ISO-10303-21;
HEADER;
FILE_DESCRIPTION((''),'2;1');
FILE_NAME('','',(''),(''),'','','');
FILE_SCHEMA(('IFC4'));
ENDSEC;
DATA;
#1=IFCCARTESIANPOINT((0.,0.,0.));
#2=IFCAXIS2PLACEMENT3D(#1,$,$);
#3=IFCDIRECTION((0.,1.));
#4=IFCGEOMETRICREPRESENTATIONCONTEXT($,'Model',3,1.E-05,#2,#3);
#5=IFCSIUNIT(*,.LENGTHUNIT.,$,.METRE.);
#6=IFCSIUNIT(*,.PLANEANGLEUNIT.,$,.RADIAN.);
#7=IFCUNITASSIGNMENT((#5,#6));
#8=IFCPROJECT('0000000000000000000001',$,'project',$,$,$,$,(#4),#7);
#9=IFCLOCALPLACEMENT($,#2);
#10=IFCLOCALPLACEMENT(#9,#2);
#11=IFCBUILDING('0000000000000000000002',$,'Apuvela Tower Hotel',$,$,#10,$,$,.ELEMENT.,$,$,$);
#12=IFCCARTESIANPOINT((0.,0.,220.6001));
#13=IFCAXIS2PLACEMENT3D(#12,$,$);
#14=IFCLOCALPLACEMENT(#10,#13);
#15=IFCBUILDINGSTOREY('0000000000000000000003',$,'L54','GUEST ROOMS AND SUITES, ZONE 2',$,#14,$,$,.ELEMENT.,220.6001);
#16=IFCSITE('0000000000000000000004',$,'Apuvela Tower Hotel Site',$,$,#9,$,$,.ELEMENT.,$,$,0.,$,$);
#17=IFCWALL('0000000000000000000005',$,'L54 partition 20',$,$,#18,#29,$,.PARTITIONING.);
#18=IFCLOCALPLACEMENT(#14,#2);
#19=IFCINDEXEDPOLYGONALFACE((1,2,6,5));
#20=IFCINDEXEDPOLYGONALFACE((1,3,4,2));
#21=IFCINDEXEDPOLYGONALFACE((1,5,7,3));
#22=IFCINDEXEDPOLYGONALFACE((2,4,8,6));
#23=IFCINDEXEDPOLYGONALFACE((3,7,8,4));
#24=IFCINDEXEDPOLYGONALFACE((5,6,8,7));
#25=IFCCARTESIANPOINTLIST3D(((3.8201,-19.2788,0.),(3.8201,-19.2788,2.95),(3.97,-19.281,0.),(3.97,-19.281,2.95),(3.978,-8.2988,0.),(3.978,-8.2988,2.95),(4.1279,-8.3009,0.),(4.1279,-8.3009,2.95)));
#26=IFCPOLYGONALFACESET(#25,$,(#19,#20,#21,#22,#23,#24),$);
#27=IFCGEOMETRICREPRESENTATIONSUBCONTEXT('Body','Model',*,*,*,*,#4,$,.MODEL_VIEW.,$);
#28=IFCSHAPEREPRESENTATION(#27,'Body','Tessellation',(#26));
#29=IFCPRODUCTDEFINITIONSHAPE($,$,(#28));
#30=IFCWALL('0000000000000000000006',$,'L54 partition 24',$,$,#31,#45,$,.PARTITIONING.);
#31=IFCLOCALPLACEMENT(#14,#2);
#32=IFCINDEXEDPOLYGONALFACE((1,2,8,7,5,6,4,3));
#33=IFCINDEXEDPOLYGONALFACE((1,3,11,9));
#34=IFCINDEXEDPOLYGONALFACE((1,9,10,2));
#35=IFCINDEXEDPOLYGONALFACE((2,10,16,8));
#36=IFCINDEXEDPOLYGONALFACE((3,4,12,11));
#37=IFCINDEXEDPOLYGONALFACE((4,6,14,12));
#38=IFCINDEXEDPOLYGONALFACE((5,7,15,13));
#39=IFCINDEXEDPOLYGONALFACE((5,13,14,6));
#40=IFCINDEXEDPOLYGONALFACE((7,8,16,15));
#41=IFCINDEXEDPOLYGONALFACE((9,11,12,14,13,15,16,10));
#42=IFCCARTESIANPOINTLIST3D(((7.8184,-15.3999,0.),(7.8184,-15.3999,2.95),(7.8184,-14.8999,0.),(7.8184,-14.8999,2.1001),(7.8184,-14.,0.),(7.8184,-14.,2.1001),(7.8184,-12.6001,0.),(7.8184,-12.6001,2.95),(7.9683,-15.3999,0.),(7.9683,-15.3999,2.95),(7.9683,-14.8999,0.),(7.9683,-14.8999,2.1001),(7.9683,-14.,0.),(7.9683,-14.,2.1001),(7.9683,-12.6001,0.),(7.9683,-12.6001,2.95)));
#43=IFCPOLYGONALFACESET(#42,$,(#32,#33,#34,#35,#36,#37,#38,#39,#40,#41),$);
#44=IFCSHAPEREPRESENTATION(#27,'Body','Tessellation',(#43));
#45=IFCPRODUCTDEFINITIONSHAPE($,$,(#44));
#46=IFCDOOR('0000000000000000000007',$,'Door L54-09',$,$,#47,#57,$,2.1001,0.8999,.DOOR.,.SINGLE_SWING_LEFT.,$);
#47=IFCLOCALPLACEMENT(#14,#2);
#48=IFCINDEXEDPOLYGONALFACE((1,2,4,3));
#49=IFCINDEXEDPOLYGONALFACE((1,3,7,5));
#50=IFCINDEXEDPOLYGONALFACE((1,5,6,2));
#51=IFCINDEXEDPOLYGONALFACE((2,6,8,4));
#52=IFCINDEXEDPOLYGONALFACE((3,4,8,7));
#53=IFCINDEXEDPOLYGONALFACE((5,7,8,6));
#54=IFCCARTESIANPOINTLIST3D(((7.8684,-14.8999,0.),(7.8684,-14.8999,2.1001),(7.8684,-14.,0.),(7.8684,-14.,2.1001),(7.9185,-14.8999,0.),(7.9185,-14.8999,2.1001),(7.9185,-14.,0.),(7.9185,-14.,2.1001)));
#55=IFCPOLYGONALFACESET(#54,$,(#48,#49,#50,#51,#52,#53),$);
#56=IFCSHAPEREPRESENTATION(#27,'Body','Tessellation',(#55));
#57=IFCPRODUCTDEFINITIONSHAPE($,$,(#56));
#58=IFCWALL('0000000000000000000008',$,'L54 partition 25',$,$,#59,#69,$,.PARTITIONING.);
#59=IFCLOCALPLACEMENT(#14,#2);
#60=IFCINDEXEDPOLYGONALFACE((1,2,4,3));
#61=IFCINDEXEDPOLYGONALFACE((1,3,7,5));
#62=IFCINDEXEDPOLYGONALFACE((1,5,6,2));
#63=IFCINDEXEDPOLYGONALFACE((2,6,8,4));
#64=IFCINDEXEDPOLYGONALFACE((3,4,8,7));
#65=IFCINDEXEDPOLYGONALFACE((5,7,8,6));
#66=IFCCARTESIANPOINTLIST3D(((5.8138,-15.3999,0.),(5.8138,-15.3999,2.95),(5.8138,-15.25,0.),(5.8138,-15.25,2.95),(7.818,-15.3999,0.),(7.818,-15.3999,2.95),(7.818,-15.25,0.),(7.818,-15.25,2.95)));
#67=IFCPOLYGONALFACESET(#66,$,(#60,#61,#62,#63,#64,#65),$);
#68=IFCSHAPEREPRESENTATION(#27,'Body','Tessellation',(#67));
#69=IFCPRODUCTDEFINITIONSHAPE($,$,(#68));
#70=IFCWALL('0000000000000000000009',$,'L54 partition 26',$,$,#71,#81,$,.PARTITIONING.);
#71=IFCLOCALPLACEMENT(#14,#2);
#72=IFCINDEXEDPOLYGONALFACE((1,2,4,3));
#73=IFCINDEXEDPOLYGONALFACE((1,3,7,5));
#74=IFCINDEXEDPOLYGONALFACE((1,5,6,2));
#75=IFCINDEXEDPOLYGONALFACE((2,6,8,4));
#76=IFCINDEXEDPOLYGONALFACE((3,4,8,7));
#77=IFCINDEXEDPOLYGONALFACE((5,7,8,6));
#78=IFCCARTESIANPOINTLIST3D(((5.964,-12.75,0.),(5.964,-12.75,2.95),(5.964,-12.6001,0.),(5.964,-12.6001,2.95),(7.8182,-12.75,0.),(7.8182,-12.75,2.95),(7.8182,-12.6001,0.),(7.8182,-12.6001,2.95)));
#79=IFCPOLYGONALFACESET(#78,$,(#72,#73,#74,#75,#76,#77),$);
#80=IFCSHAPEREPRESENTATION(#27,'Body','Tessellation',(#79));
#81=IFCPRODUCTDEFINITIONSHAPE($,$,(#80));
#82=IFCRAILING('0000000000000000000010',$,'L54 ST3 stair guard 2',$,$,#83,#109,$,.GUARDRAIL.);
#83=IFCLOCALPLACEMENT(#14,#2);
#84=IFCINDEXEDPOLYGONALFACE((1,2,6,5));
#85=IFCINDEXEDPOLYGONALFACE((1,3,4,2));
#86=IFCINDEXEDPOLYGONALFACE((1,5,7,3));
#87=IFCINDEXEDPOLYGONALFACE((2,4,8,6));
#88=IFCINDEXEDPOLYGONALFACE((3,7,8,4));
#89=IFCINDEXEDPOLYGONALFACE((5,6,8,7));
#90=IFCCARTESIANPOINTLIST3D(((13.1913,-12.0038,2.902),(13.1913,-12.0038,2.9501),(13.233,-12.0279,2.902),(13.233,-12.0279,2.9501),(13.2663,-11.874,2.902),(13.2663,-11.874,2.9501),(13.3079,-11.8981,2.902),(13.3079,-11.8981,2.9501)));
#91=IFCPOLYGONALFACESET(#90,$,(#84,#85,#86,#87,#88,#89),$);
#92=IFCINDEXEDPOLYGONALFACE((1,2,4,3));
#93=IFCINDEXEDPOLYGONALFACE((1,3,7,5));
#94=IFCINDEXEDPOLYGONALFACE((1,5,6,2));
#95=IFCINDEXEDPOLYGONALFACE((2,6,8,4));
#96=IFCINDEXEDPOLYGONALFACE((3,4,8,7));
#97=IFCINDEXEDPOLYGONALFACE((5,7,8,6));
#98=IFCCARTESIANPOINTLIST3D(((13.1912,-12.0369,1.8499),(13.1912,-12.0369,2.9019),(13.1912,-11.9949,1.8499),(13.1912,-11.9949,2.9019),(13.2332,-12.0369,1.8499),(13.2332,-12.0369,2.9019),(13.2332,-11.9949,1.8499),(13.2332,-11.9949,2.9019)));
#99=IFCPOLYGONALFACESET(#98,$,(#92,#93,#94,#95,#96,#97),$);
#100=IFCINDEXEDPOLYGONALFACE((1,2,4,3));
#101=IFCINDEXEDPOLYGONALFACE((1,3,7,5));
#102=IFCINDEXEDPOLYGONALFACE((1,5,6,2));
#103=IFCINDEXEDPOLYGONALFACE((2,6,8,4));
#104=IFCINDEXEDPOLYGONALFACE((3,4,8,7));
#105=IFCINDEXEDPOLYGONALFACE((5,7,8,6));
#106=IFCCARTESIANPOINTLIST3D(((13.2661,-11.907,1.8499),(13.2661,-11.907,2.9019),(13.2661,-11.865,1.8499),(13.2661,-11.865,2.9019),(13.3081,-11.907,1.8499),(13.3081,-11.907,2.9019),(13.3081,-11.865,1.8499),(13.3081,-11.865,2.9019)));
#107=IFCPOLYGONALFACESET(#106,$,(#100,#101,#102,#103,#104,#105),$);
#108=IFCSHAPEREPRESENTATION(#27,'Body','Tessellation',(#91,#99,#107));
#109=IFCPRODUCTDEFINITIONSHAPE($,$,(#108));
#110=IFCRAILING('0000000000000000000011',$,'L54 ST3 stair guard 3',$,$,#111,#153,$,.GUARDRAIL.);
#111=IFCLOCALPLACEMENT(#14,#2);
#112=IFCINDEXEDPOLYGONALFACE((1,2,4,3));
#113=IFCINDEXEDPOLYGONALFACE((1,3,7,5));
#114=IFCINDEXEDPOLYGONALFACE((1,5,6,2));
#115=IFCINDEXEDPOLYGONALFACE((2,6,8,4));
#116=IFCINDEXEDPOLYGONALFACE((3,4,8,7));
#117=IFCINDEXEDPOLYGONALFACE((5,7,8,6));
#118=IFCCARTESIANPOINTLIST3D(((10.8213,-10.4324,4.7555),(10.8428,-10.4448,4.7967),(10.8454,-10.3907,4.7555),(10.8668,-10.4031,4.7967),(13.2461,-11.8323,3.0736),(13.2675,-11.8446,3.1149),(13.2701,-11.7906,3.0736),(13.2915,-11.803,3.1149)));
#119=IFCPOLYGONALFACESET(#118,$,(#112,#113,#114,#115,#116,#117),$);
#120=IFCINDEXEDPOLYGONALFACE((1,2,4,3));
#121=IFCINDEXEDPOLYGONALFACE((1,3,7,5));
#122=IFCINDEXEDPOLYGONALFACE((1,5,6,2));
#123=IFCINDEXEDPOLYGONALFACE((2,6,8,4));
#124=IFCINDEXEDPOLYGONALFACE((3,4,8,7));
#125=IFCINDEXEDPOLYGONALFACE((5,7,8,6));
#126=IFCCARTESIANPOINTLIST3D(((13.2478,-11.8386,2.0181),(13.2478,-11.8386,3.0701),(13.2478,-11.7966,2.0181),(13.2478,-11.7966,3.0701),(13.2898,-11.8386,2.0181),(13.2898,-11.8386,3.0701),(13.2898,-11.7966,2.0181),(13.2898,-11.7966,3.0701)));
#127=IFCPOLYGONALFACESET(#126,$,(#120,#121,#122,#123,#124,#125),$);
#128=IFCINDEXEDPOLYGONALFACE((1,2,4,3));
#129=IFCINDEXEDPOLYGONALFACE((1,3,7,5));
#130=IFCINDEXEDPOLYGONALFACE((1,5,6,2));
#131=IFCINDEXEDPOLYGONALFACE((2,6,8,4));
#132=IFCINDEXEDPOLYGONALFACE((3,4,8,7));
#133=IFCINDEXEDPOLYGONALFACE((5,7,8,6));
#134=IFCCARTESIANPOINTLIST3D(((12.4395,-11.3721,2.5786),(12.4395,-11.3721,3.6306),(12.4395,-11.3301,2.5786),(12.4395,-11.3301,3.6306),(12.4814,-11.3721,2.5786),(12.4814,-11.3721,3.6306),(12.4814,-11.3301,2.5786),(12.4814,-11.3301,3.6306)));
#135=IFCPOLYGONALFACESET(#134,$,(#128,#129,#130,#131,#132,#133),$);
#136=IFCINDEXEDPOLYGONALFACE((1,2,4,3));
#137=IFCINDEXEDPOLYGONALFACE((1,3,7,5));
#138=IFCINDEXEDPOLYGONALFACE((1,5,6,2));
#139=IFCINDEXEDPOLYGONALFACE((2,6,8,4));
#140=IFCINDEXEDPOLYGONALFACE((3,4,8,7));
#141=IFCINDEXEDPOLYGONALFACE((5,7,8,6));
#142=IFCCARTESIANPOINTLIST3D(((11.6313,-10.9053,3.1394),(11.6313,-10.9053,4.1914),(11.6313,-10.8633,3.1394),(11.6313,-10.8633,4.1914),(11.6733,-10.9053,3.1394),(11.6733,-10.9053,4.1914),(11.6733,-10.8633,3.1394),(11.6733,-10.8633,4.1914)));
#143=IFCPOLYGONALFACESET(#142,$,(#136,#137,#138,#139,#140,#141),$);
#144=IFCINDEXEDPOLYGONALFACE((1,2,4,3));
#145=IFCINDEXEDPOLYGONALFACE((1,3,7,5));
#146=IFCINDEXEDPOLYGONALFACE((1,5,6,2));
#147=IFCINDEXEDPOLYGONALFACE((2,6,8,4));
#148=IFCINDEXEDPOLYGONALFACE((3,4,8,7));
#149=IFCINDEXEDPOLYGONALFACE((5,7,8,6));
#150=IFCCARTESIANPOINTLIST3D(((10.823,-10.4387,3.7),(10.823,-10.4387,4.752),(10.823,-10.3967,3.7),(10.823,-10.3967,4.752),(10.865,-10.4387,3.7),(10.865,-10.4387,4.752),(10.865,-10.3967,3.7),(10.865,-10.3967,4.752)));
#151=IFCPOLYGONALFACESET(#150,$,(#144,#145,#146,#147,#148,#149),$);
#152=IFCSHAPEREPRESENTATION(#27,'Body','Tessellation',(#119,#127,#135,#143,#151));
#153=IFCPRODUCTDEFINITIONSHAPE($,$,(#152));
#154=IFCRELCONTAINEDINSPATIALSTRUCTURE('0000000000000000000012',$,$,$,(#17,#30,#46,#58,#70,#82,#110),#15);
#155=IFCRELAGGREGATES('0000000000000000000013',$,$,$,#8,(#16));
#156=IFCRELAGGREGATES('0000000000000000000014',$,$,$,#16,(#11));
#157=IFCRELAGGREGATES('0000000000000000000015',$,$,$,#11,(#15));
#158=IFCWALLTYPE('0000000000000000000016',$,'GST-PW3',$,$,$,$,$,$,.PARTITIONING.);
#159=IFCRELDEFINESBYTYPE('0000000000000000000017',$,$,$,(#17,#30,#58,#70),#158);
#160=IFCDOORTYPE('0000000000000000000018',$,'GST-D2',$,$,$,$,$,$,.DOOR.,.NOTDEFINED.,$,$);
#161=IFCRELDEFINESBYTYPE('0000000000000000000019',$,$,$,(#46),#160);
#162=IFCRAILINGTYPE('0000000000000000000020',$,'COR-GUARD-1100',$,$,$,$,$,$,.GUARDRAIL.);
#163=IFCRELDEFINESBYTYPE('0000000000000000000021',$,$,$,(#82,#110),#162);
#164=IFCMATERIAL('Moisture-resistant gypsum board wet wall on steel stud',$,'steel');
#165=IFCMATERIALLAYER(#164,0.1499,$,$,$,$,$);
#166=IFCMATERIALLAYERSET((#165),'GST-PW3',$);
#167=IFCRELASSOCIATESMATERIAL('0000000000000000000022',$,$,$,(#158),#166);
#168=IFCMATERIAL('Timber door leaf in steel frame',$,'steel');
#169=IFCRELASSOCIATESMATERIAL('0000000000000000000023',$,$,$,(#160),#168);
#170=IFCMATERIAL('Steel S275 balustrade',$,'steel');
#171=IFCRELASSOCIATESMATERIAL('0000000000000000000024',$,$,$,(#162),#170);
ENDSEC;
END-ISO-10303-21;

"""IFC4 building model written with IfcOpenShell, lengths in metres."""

from ifc_helpers import new_model, si_unit, direction, frame, frame_2d, origin, origin_2d, place, context, subcontext, project, spatial, rectangle, extrude, material, layer, layer_set, type_object, element, fill, save


model = new_model("IFC4")

# Units and contexts
model_context = context("Model", 3, precision=1e-05, world=origin(), true_north=direction((0.0, 1.0)))
body_context = subcontext(model_context, "Body", "Model", "MODEL_VIEW")
ifc_project = project(units=[si_unit("LENGTHUNIT", "METRE"), si_unit("PLANEANGLEUNIT", "RADIAN")], contexts=[model_context])

# Site, building, storey
site_placement = place(None, origin())
site = spatial("IfcSite", under=ifc_project, at=site_placement, Name="Apuvela Tower Hotel Site", CompositionType="ELEMENT", RefElevation=0.0)
building_placement = place(site_placement, origin())
building = spatial("IfcBuilding", under=site, at=building_placement, Name="Apuvela Tower Hotel", CompositionType="ELEMENT")
storey_placement = place(building_placement, frame((0.0, 0.0, 220.6001)))
storey = spatial("IfcBuildingStorey", under=building, at=storey_placement, Name="L54", Description="GUEST ROOMS AND SUITES, ZONE 2", CompositionType="ELEMENT", Elevation=220.6001)

# Wall
ifc_material_1 = material(Name="Moisture-resistant gypsum board wet wall on steel stud", Category="steel")
ifc_layer_1 = layer(ifc_material_1, 0.1499)
ifc_layer_set_1 = layer_set([ifc_layer_1], Name="GST-PW3")
wall_type_1 = type_object("IfcWallType", Name="GST-PW3", PredefinedType="PARTITIONING", material=ifc_layer_set_1)
wall_1_placement = place(storey_placement, frame((3.895, -19.28, 0.0), z_axis=(0.0, 0.0, 1.0), x_axis=(0.014385, 0.999897, 0.0)))
element("IfcWall", 1, at=wall_1_placement, inside=storey, type_object=wall_type_1, Name="L54 partition 20", PredefinedType="PARTITIONING", context=body_context, shape_type="SweptSolid", body=[
    extrude(rectangle(XDim=10.9812, YDim=0.1499, at=frame_2d((5.4907, 0.0))), origin(), (0.0, 0.0, 1.0), 2.95),
])

# Wall, opening, door
wall_2_placement = place(storey_placement, frame((7.8933, -15.3999, 0.0), z_axis=(0.0, 0.0, 1.0), x_axis=(0.0, 1.0, 0.0)))
wall_2 = element("IfcWall", 2, at=wall_2_placement, inside=storey, type_object=wall_type_1, Name="L54 partition 24", PredefinedType="PARTITIONING", context=body_context, shape_type="SweptSolid", body=[
    extrude(rectangle(XDim=2.7998, YDim=0.1499, at=frame_2d((1.3999, 0.0))), origin(), (0.0, 0.0, 1.0), 2.95),
])
opening_1_placement = place(wall_2_placement, frame((0.5, 0.0, 0.0)))
opening_1 = element("IfcOpeningElement", 3, at=opening_1_placement, cuts=wall_2, PredefinedType="OPENING", context=body_context, shape_type="SweptSolid", body=[
    extrude(rectangle(XDim=0.8999, YDim=2.1001, at=frame_2d((0.45, 1.05))), frame((0.0, 0.085, 0.0), z_axis=(0.0, -1.0, 0.0), x_axis=(1.0, 0.0, 0.0)), (0.0, 0.0, 1.0), 0.1699),
])
ifc_material_2 = material(Name="Timber door leaf in steel frame", Category="steel")
door_type_1 = type_object("IfcDoorType", Name="GST-D2", OperationType="NOTDEFINED", PredefinedType="DOOR", material=ifc_material_2)
door_1_placement = place(opening_1_placement, origin())
door_1 = element("IfcDoor", 4, at=door_1_placement, inside=storey, type_object=door_type_1, Name="Door L54-09", OperationType="SINGLE_SWING_LEFT", OverallHeight=2.1001, OverallWidth=0.8999, PredefinedType="DOOR", context=body_context, shape_type="SweptSolid", body=[
    extrude(rectangle(XDim=0.8999, YDim=2.1001, at=frame_2d((0.45, 1.05))), frame((0.0, 0.0249, 0.0), z_axis=(0.0, -1.0, 0.0), x_axis=(1.0, 0.0, 0.0)), (0.0, 0.0, 1.0), 0.05),
])
fill(opening_1, door_1)

# Walls
wall_3_placement = place(storey_placement, frame((5.814, -15.325, 0.0), z_axis=(0.0, 0.0, 1.0), x_axis=(1.0, 0.0, 0.0)))
element("IfcWall", 5, at=wall_3_placement, inside=storey, type_object=wall_type_1, Name="L54 partition 25", PredefinedType="PARTITIONING", context=body_context, shape_type="SweptSolid", body=[
    extrude(rectangle(XDim=2.0042, YDim=0.1499, at=frame_2d((1.002, 0.0))), origin(), (0.0, 0.0, 1.0), 2.95),
])
wall_4_placement = place(storey_placement, frame((5.9639, -12.675, 0.0), z_axis=(0.0, 0.0, 1.0), x_axis=(1.0, 0.0, 0.0)))
element("IfcWall", 6, at=wall_4_placement, inside=storey, type_object=wall_type_1, Name="L54 partition 26", PredefinedType="PARTITIONING", context=body_context, shape_type="SweptSolid", body=[
    extrude(rectangle(XDim=1.8542, YDim=0.1499, at=frame_2d((0.9272, 0.0))), origin(), (0.0, 0.0, 1.0), 2.95),
])

# Railings
ifc_material_3 = material(Name="Steel S275 balustrade", Category="steel")
railing_type_1 = type_object("IfcRailingType", Name="COR-GUARD-1100", PredefinedType="GUARDRAIL", material=ifc_material_3)
railing_1_placement = place(storey_placement, frame((13.2122, -12.0159, 1.8499)))
element("IfcRailing", 7, at=railing_1_placement, inside=storey, type_object=railing_type_1, Name="L54 ST3 stair guard 2", PredefinedType="GUARDRAIL", context=body_context, shape_type="SweptSolid", body=[
    extrude(rectangle(XDim=0.0481, YDim=0.0481, at=origin_2d()), frame((0.0, 0.0, 1.0762), z_axis=(0.499816, 0.866131, 0.0), x_axis=(-0.866131, 0.499816, 0.0)), (0.0, 0.0, 1.0), 0.1499),
    extrude(rectangle(XDim=0.042, YDim=0.042, at=origin_2d()), origin(), (0.0, 0.0, 1.0), 1.052),
    extrude(rectangle(XDim=0.042, YDim=0.042, at=origin_2d()), frame((0.075, 0.1299, 0.0)), (0.0, 0.0, 1.0), 1.052),
])
railing_2_placement = place(storey_placement, frame((13.2688, -11.8176, 2.0181)))
element("IfcRailing", 8, at=railing_2_placement, inside=storey, type_object=railing_type_1, Name="L54 ST3 stair guard 3", PredefinedType="GUARDRAIL", context=body_context, shape_type="SweptSolid", body=[
    extrude(rectangle(XDim=0.0481, YDim=0.0481, at=origin_2d()), frame((0.0, 0.0, 1.0762), z_axis=(-0.74239, 0.428601, 0.514934), x_axis=(-0.499984, -0.866035, 0.0)), (0.0, 0.0, 1.0), 3.2661),
    extrude(rectangle(XDim=0.042, YDim=0.042, at=origin_2d()), origin(), (0.0, 0.0, 1.0), 1.052),
    extrude(rectangle(XDim=0.042, YDim=0.042, at=origin_2d()), frame((-0.8083, 0.4666, 0.5605)), (0.0, 0.0, 1.0), 1.052),
    extrude(rectangle(XDim=0.042, YDim=0.042, at=origin_2d()), frame((-1.6165, 0.9333, 1.1213)), (0.0, 0.0, 1.0), 1.052),
    extrude(rectangle(XDim=0.042, YDim=0.042, at=origin_2d()), frame((-2.4248, 1.3999, 1.6819)), (0.0, 0.0, 1.0), 1.052),
])

save(model, "model.ifc")
